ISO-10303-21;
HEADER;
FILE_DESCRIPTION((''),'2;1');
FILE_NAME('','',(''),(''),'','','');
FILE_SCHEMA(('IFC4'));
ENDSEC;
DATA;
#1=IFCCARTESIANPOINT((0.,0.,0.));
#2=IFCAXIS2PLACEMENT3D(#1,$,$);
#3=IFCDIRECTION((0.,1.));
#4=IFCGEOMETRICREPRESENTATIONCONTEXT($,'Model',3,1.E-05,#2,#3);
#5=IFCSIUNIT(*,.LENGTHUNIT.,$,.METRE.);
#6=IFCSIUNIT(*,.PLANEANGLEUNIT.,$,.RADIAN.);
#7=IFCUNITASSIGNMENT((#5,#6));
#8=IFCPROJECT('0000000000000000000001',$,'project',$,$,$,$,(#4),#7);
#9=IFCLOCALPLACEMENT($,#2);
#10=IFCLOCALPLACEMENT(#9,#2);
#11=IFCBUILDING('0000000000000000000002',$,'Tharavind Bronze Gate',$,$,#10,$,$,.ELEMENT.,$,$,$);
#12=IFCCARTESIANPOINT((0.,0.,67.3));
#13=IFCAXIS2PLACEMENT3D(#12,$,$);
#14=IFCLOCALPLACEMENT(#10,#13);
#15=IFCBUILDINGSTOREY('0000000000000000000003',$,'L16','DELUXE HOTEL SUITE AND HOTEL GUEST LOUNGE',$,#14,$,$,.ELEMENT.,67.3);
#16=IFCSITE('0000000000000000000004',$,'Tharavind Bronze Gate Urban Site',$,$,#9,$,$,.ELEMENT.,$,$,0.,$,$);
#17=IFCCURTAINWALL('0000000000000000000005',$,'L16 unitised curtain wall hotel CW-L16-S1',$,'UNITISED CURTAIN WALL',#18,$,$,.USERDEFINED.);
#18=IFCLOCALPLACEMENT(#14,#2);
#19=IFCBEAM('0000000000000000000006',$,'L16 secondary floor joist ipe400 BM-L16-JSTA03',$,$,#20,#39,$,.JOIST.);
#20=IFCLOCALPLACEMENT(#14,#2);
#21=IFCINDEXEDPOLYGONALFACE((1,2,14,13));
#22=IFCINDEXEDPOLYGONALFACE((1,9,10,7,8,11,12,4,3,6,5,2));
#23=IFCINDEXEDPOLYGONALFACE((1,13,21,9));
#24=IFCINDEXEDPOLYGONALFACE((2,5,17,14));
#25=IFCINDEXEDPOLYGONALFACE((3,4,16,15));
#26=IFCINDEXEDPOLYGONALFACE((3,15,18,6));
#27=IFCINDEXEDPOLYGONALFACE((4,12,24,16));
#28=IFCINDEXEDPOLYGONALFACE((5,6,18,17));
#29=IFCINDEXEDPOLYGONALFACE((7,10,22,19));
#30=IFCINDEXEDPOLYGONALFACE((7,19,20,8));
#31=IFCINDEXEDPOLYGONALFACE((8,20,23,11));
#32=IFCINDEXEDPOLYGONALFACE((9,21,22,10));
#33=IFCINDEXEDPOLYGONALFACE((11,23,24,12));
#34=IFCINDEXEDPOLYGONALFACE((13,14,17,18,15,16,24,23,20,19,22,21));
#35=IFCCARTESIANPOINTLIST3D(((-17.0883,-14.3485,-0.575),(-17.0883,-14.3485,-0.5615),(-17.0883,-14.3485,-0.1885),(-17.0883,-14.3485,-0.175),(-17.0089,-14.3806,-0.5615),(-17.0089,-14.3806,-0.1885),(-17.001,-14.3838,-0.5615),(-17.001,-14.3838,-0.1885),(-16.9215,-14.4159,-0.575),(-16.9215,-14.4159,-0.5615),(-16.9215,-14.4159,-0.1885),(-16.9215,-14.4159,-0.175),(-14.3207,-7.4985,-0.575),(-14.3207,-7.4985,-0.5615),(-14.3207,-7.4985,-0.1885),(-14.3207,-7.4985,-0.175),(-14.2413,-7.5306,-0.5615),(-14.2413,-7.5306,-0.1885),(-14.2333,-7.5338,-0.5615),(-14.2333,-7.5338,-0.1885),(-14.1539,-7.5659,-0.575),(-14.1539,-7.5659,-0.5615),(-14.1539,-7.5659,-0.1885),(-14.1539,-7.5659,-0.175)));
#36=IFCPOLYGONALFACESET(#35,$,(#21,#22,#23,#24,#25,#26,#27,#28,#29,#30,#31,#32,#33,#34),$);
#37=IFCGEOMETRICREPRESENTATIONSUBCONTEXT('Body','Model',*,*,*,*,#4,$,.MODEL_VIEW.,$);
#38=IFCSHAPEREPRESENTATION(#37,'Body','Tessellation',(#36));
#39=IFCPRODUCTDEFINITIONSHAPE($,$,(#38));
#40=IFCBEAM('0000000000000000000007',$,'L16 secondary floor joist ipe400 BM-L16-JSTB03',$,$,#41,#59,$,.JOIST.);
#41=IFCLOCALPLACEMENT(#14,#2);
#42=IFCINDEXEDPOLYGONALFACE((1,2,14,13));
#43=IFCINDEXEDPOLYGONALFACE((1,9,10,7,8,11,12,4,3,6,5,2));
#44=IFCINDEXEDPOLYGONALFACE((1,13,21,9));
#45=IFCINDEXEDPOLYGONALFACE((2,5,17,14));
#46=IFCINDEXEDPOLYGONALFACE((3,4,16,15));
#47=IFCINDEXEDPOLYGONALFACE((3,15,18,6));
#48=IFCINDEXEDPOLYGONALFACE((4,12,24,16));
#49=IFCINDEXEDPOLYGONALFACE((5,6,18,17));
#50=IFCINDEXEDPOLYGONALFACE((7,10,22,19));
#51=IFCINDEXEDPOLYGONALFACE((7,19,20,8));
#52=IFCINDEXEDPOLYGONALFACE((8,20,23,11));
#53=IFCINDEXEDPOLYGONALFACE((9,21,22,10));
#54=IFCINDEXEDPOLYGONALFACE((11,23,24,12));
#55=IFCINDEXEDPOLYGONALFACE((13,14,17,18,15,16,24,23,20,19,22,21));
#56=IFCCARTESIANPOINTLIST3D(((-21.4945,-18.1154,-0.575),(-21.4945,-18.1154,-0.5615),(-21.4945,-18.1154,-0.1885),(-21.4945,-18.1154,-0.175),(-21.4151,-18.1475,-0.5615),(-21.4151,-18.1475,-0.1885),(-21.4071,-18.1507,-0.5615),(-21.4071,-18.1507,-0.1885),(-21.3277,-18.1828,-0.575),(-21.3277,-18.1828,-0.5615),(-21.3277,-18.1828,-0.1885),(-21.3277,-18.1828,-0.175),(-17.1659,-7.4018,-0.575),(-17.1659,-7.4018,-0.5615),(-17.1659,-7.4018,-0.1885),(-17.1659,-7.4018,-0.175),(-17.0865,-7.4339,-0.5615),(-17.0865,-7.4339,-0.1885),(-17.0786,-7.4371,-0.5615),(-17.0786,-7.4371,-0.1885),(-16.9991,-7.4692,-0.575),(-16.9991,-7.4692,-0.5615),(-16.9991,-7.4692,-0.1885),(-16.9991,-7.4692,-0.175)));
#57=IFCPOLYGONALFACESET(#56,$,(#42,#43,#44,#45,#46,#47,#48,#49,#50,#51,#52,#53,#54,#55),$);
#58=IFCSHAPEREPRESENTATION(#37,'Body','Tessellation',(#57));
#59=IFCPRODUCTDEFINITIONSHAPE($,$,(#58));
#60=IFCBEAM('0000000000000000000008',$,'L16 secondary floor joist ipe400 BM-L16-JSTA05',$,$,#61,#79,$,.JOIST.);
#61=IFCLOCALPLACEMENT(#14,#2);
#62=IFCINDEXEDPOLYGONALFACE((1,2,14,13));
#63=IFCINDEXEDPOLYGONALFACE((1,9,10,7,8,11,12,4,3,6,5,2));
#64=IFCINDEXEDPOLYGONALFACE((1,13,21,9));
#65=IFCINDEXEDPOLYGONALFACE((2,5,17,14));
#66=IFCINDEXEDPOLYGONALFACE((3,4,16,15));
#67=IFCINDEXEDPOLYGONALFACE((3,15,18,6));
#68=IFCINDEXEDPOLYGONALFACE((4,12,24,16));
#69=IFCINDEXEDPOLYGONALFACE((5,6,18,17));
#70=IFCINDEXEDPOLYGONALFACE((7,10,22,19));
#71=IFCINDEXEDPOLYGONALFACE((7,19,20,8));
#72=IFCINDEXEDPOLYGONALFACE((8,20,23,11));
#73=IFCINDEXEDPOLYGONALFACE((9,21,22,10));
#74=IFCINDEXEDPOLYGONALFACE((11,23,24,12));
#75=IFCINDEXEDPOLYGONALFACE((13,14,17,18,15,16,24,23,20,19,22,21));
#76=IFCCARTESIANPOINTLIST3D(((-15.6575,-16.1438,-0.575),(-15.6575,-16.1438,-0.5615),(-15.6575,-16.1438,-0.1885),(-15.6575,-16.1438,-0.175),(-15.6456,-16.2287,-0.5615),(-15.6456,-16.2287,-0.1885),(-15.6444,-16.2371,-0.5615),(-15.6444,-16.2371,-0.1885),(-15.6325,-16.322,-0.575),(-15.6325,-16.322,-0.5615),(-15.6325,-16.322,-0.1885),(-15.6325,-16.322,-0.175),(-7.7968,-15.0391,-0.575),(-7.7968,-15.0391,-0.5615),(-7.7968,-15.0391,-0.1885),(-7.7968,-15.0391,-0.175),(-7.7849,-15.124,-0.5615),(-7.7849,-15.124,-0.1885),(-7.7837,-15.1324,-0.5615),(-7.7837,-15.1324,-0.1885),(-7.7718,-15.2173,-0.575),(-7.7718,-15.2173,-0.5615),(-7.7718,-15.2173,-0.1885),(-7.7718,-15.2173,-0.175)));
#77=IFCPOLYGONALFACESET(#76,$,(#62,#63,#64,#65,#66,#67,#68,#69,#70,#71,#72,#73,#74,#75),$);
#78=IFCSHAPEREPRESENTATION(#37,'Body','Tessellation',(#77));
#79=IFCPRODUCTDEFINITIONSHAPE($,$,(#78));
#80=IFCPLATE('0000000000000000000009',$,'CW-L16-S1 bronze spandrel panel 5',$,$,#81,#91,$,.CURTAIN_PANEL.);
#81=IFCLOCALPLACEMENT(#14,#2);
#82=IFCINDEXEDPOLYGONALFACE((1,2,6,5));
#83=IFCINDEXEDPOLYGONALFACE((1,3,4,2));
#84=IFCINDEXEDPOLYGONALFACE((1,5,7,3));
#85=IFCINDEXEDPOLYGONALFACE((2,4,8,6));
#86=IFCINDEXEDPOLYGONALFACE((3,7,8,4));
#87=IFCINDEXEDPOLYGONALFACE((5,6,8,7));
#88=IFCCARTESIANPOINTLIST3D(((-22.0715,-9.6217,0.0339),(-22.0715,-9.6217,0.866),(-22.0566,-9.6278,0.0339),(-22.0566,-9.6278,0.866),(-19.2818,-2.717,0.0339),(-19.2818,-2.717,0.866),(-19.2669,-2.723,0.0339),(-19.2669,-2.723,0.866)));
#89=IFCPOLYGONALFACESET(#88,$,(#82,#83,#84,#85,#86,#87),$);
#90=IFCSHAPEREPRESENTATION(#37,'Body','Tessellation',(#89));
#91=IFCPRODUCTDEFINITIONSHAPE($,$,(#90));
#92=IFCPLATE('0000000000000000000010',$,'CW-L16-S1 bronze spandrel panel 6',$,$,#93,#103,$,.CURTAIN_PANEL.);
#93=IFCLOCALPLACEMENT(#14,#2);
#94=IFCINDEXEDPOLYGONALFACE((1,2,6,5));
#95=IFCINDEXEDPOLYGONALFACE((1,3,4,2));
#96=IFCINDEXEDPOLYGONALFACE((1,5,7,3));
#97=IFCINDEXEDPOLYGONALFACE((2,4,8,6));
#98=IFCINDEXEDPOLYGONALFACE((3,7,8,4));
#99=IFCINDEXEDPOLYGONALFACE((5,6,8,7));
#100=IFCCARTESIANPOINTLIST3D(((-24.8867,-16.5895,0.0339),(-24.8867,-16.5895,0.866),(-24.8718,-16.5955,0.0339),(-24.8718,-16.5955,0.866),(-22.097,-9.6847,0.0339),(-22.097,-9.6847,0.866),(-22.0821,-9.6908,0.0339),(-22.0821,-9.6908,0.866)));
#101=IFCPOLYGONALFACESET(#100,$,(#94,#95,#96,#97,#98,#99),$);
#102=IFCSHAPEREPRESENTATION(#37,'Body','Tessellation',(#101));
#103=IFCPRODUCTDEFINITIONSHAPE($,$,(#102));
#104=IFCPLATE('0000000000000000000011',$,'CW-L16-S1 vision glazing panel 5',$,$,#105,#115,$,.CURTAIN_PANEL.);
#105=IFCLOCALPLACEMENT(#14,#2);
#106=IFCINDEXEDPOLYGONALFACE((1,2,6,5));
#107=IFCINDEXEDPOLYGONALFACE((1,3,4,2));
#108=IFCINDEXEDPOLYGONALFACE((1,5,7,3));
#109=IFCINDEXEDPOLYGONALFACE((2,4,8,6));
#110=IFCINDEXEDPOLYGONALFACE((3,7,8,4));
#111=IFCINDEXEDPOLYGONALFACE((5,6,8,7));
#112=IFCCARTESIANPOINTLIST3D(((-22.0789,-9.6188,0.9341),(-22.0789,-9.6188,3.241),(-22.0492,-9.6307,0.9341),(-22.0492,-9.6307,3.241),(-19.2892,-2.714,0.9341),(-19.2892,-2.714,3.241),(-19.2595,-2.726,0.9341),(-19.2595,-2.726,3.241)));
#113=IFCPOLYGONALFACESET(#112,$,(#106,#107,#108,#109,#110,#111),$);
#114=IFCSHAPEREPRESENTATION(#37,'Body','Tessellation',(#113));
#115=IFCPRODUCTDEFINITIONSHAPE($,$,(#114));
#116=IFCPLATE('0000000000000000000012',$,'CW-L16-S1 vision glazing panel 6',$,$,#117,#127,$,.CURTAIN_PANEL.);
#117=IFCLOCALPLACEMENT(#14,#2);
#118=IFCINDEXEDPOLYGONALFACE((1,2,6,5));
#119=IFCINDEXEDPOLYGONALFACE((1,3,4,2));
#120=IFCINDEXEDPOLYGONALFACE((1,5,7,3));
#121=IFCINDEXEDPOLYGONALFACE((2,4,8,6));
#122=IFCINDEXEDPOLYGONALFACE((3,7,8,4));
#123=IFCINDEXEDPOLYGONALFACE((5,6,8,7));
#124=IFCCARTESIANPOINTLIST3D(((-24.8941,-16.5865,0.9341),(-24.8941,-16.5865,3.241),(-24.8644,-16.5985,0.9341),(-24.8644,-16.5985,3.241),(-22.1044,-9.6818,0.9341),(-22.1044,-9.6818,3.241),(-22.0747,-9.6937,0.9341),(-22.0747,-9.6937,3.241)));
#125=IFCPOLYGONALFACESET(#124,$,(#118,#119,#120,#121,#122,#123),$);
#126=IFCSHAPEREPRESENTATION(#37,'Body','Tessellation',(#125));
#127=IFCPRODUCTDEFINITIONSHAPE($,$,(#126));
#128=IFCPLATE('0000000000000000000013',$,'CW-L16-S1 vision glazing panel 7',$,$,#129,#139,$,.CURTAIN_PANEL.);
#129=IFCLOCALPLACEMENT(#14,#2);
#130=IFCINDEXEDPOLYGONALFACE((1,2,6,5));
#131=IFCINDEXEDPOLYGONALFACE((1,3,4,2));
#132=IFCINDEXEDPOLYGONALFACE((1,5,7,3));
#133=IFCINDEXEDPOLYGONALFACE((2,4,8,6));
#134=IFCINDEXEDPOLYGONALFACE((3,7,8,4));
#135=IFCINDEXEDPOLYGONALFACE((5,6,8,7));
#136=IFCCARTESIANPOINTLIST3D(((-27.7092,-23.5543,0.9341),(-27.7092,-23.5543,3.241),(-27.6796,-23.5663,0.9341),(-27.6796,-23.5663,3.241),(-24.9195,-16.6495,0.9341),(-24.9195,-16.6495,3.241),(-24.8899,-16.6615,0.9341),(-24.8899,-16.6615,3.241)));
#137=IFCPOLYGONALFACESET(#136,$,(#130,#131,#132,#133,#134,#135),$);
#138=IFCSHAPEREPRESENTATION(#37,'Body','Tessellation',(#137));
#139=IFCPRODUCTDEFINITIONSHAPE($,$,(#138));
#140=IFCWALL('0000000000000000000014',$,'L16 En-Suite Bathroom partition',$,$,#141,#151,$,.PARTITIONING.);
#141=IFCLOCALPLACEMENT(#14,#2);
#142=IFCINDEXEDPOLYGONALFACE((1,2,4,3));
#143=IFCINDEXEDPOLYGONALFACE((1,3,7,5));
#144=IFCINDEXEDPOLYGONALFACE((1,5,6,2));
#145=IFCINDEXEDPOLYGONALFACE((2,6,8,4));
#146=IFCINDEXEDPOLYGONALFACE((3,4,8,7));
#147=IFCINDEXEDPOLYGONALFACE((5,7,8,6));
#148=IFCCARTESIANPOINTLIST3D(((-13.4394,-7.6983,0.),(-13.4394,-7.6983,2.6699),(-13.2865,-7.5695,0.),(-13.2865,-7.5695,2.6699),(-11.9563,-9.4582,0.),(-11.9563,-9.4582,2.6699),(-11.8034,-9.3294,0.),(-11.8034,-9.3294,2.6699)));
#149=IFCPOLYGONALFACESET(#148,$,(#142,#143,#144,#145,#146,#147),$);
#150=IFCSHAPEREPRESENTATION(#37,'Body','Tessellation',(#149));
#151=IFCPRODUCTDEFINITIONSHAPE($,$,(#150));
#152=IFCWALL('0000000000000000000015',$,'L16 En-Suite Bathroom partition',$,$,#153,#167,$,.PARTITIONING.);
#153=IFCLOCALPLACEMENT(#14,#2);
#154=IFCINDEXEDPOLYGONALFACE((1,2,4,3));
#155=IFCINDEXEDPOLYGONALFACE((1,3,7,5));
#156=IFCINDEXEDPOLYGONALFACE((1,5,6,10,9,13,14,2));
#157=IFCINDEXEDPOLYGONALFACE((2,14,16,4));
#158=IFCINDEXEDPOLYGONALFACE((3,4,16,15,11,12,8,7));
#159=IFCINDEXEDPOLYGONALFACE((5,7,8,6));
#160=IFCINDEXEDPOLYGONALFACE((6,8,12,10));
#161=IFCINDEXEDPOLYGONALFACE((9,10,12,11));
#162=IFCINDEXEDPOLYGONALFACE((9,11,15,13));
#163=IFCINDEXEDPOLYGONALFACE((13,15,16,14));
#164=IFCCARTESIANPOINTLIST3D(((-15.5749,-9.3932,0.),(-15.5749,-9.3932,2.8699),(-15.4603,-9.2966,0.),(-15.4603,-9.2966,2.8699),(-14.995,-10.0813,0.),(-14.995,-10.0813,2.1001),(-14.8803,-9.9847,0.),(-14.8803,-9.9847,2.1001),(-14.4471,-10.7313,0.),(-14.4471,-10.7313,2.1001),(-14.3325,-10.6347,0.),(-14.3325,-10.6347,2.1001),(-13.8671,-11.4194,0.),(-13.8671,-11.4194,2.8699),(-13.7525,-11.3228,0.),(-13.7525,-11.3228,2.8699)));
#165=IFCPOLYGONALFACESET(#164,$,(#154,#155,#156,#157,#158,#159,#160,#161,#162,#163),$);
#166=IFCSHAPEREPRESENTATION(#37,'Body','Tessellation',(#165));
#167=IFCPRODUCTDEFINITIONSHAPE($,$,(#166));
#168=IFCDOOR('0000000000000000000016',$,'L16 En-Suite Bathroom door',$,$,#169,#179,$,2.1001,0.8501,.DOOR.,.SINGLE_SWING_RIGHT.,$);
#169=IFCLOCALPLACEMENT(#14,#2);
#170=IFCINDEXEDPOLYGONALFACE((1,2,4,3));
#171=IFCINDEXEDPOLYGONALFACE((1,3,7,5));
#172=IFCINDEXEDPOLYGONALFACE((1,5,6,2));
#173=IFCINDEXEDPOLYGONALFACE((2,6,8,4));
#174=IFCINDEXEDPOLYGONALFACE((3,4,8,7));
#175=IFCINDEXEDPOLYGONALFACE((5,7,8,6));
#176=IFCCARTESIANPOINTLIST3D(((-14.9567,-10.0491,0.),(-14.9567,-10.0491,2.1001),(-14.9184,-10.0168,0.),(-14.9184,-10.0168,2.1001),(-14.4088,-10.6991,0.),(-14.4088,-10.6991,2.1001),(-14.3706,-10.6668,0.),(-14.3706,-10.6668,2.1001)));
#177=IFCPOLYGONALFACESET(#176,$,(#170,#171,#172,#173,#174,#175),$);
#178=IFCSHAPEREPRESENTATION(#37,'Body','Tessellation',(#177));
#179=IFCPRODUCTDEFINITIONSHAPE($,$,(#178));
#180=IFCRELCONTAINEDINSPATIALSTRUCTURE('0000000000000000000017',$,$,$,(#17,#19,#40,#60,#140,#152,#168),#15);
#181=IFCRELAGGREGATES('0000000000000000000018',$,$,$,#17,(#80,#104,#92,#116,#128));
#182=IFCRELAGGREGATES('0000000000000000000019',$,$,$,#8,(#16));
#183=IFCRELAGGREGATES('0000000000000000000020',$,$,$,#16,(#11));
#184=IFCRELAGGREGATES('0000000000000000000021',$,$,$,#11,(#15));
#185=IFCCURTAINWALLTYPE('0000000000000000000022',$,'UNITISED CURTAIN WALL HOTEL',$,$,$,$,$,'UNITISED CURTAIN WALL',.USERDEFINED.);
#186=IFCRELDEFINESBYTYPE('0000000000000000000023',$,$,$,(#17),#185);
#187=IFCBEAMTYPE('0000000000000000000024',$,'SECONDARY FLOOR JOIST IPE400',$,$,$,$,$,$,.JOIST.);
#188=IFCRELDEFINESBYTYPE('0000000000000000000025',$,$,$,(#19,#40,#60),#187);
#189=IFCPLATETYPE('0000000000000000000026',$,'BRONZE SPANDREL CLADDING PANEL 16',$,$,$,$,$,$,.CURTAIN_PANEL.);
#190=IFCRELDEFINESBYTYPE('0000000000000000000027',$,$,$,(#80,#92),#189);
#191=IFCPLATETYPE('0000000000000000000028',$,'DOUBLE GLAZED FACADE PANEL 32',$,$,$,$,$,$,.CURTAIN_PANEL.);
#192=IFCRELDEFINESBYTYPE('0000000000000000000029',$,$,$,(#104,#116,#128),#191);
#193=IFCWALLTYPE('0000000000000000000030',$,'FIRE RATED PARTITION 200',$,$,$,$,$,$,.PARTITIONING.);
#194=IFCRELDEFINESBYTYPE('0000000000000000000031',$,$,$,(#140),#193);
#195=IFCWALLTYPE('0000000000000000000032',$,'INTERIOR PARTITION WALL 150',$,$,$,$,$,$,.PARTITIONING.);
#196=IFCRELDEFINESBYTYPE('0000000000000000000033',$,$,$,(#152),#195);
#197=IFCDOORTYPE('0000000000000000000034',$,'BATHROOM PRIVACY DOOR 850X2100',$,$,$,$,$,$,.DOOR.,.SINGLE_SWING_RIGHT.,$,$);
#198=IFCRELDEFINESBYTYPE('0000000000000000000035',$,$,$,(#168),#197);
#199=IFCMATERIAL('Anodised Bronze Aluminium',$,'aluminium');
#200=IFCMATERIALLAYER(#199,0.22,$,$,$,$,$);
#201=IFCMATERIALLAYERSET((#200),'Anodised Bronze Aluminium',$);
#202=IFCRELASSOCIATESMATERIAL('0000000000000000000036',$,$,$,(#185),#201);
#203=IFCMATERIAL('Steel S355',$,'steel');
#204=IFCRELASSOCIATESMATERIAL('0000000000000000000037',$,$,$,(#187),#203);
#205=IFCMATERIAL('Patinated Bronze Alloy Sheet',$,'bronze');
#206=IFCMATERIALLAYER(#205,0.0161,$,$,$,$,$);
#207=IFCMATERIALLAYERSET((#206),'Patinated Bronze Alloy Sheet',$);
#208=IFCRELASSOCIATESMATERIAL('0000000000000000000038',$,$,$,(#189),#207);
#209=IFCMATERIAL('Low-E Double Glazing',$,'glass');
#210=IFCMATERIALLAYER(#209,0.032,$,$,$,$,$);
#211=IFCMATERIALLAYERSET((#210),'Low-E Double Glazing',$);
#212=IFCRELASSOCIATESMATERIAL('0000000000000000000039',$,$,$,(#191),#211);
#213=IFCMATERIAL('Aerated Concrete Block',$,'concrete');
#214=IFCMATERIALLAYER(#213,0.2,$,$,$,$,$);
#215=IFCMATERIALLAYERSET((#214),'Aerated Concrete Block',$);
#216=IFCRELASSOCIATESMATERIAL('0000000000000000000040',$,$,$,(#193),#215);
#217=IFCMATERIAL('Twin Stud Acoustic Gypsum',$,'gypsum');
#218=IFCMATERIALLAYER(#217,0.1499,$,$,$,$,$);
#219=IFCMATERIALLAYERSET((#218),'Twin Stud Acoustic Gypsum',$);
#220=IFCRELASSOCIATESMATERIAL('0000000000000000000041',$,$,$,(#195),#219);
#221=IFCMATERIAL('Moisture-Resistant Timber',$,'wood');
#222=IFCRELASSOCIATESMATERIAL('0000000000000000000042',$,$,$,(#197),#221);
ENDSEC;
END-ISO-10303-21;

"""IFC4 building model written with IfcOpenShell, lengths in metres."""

from ifc_helpers import new_model, si_unit, direction, frame, frame_2d, origin, origin_2d, place, context, subcontext, project, spatial, rectangle, i_section, extrude, material, layer, layer_set, material_profile, profile_set, type_object, element, fill, aggregate, save


model = new_model("IFC4")

# Units and contexts
model_context = context("Model", 3, precision=1e-05, world=origin(), true_north=direction((0.0, 1.0)))
body_context = subcontext(model_context, "Body", "Model", "MODEL_VIEW")
ifc_project = project(units=[si_unit("LENGTHUNIT", "METRE"), si_unit("PLANEANGLEUNIT", "RADIAN")], contexts=[model_context])

# Site, building, storey
site_placement = place(None, origin())
site = spatial("IfcSite", under=ifc_project, at=site_placement, Name="Tharavind Bronze Gate Urban Site", CompositionType="ELEMENT", RefElevation=0.0)
building_placement = place(site_placement, origin())
building = spatial("IfcBuilding", under=site, at=building_placement, Name="Tharavind Bronze Gate", CompositionType="ELEMENT")
storey_placement = place(building_placement, frame((0.0, 0.0, 67.3)))
storey = spatial("IfcBuildingStorey", under=building, at=storey_placement, Name="L16", Description="DELUXE HOTEL SUITE AND HOTEL GUEST LOUNGE", CompositionType="ELEMENT", Elevation=67.3)

# Curtain wall
ifc_material_1 = material(Name="Anodised Bronze Aluminium", Category="aluminium")
ifc_layer_1 = layer(ifc_material_1, 0.22)
ifc_layer_set_1 = layer_set([ifc_layer_1], Name="Anodised Bronze Aluminium")
curtain_wall_type = type_object("IfcCurtainWallType", Name="UNITISED CURTAIN WALL HOTEL", ElementType="UNITISED CURTAIN WALL", PredefinedType="USERDEFINED", material=ifc_layer_set_1)
curtain_wall_placement = place(storey_placement, origin())
curtain_wall = element("IfcCurtainWall", 1, at=curtain_wall_placement, inside=storey, type_object=curtain_wall_type, Name="L16 unitised curtain wall hotel CW-L16-S1", ObjectType="UNITISED CURTAIN WALL", PredefinedType="USERDEFINED")

# Beams
ifc_material_2 = material(Name="Steel S355", Category="steel")
ifc_material_profile_1 = material_profile(ifc_material_2, i_section(OverallWidth=0.1799, OverallDepth=0.3999, WebThickness=0.0085, FlangeThickness=0.0134, at=origin_2d()), Name="IPE400")
ifc_profile_set_1 = profile_set([ifc_material_profile_1], Name="Steel S355")
beam_type_1 = type_object("IfcBeamType", Name="SECONDARY FLOOR JOIST IPE400", PredefinedType="JOIST", material=ifc_profile_set_1)
beam_1_placement = place(storey_placement, frame((-14.2373, -7.5322, -0.375), z_axis=(-0.374613, -0.927181, 0.0), x_axis=(0.927181, -0.374613, 0.0)))
element("IfcBeam", 2, at=beam_1_placement, inside=storey, type_object=beam_type_1, Name="L16 secondary floor joist ipe400 BM-L16-JSTA03", PredefinedType="JOIST", context=body_context, shape_type="SweptSolid", body=[
    extrude(i_section(OverallWidth=0.1799, OverallDepth=0.3999, WebThickness=0.0085, FlangeThickness=0.0134, at=origin_2d()), origin(), (0.0, 0.0, 1.0), 7.3879),
])
beam_2_placement = place(storey_placement, frame((-17.0825, -7.4355, -0.375), z_axis=(-0.374609, -0.927183, 0.0), x_axis=(0.927183, -0.374609, 0.0)))
element("IfcBeam", 3, at=beam_2_placement, inside=storey, type_object=beam_type_1, Name="L16 secondary floor joist ipe400 BM-L16-JSTB03", PredefinedType="JOIST", context=body_context, shape_type="SweptSolid", body=[
    extrude(i_section(OverallWidth=0.1799, OverallDepth=0.3999, WebThickness=0.0085, FlangeThickness=0.0134, at=origin_2d()), origin(), (0.0, 0.0, 1.0), 11.5549),
])
beam_3_placement = place(storey_placement, frame((-15.645, -16.2329, -0.375), z_axis=(0.990269, 0.139169, 0.0), x_axis=(-0.139169, 0.990269, 0.0)))
element("IfcBeam", 4, at=beam_3_placement, inside=storey, type_object=beam_type_1, Name="L16 secondary floor joist ipe400 BM-L16-JSTA05", PredefinedType="JOIST", context=body_context, shape_type="SweptSolid", body=[
    extrude(i_section(OverallWidth=0.1799, OverallDepth=0.3999, WebThickness=0.0085, FlangeThickness=0.0134, at=origin_2d()), origin(), (0.0, 0.0, 1.0), 7.938),
])

# Plates
ifc_material_3 = material(Name="Patinated Bronze Alloy Sheet", Category="bronze")
ifc_layer_2 = layer(ifc_material_3, 0.0161)
ifc_layer_set_2 = layer_set([ifc_layer_2], Name="Patinated Bronze Alloy Sheet")
plate_type_1 = type_object("IfcPlateType", Name="BRONZE SPANDREL CLADDING PANEL 16", PredefinedType="CURTAIN_PANEL", material=ifc_layer_set_2)
plate_1_placement = place(storey_placement, frame((-20.6692, -6.1724, 0.0339), z_axis=(0.0, 0.0, 1.0), x_axis=(-0.374607, -0.927184, 0.0)))
plate_1 = element("IfcPlate", 5, at=plate_1_placement, type_object=plate_type_1, Name="CW-L16-S1 bronze spandrel panel 5", PredefinedType="CURTAIN_PANEL", context=body_context, shape_type="SweptSolid", body=[
    extrude(rectangle(XDim=7.447, YDim=0.0161, at=origin_2d()), origin(), (0.0, 0.0, 1.0), 0.832),
])
plate_2_placement = place(storey_placement, frame((-23.4844, -13.1401, 0.0339), z_axis=(0.0, 0.0, 1.0), x_axis=(-0.374607, -0.927184, 0.0)))
plate_2 = element("IfcPlate", 6, at=plate_2_placement, type_object=plate_type_1, Name="CW-L16-S1 bronze spandrel panel 6", PredefinedType="CURTAIN_PANEL", context=body_context, shape_type="SweptSolid", body=[
    extrude(rectangle(XDim=7.447, YDim=0.0161, at=origin_2d()), origin(), (0.0, 0.0, 1.0), 0.832),
])
ifc_material_4 = material(Name="Low-E Double Glazing", Category="glass")
ifc_layer_3 = layer(ifc_material_4, 0.032)
ifc_layer_set_3 = layer_set([ifc_layer_3], Name="Low-E Double Glazing")
plate_type_2 = type_object("IfcPlateType", Name="DOUBLE GLAZED FACADE PANEL 32", PredefinedType="CURTAIN_PANEL", material=ifc_layer_set_3)
plate_3_placement = place(storey_placement, frame((-20.6692, -6.1724, 0.9341), z_axis=(0.0, 0.0, 1.0), x_axis=(-0.374607, -0.927184, 0.0)))
plate_3 = element("IfcPlate", 7, at=plate_3_placement, type_object=plate_type_2, Name="CW-L16-S1 vision glazing panel 5", PredefinedType="CURTAIN_PANEL", context=body_context, shape_type="SweptSolid", body=[
    extrude(rectangle(XDim=7.447, YDim=0.032, at=origin_2d()), origin(), (0.0, 0.0, 1.0), 2.3069),
])
plate_4_placement = place(storey_placement, frame((-23.4844, -13.1401, 0.9341), z_axis=(0.0, 0.0, 1.0), x_axis=(-0.374607, -0.927184, 0.0)))
plate_4 = element("IfcPlate", 8, at=plate_4_placement, type_object=plate_type_2, Name="CW-L16-S1 vision glazing panel 6", PredefinedType="CURTAIN_PANEL", context=body_context, shape_type="SweptSolid", body=[
    extrude(rectangle(XDim=7.447, YDim=0.032, at=origin_2d()), origin(), (0.0, 0.0, 1.0), 2.3069),
])
plate_5_placement = place(storey_placement, frame((-26.2996, -20.1079, 0.9341), z_axis=(0.0, 0.0, 1.0), x_axis=(-0.374607, -0.927184, 0.0)))
plate_5 = element("IfcPlate", 9, at=plate_5_placement, type_object=plate_type_2, Name="CW-L16-S1 vision glazing panel 7", PredefinedType="CURTAIN_PANEL", context=body_context, shape_type="SweptSolid", body=[
    extrude(rectangle(XDim=7.447, YDim=0.032, at=origin_2d()), origin(), (0.0, 0.0, 1.0), 2.3069),
])
aggregate(curtain_wall, [plate_1, plate_3, plate_2, plate_4, plate_5])

# Wall
ifc_material_5 = material(Name="Aerated Concrete Block", Category="concrete")
ifc_layer_4 = layer(ifc_material_5, 0.2)
ifc_layer_set_4 = layer_set([ifc_layer_4], Name="Aerated Concrete Block")
wall_type_1 = type_object("IfcWallType", Name="FIRE RATED PARTITION 200", PredefinedType="PARTITIONING", material=ifc_layer_set_4)
wall_1_placement = place(storey_placement, frame((-13.363, -7.6338, 0.0), z_axis=(0.0, 0.0, 1.0), x_axis=(0.6444, -0.764688, 0.0)))
element("IfcWall", 10, at=wall_1_placement, inside=storey, type_object=wall_type_1, Name="L16 En-Suite Bathroom partition", PredefinedType="PARTITIONING", context=body_context, shape_type="SweptSolid", body=[
    extrude(rectangle(XDim=2.3015, YDim=0.2, at=frame_2d((1.1509, 0.0))), origin(), (0.0, 0.0, 1.0), 2.6699),
])

# Wall, opening, door
ifc_material_6 = material(Name="Twin Stud Acoustic Gypsum", Category="gypsum")
ifc_layer_5 = layer(ifc_material_6, 0.1499)
ifc_layer_set_5 = layer_set([ifc_layer_5], Name="Twin Stud Acoustic Gypsum")
wall_type_2 = type_object("IfcWallType", Name="INTERIOR PARTITION WALL 150", PredefinedType="PARTITIONING", material=ifc_layer_set_5)
wall_2_placement = place(storey_placement, frame((-13.8098, -11.3711, 0.0), z_axis=(0.0, 0.0, 1.0), x_axis=(-0.644479, 0.764622, 0.0)))
wall_2 = element("IfcWall", 11, at=wall_2_placement, inside=storey, type_object=wall_type_2, Name="L16 En-Suite Bathroom partition", PredefinedType="PARTITIONING", context=body_context, shape_type="SweptSolid", body=[
    extrude(rectangle(XDim=2.6499, YDim=0.1499, at=frame_2d((1.325, 0.0))), origin(), (0.0, 0.0, 1.0), 2.8699),
])
opening_placement = place(wall_2_placement, frame((0.8999, 0.0, 0.0)))
opening = element("IfcOpeningElement", 12, at=opening_placement, cuts=wall_2, PredefinedType="OPENING", context=body_context, shape_type="SweptSolid", body=[
    extrude(rectangle(XDim=0.8501, YDim=2.1001, at=frame_2d((0.425, 1.05))), frame((0.0, 0.085, 0.0), z_axis=(0.0, -1.0, 0.0), x_axis=(1.0, 0.0, 0.0)), (0.0, 0.0, 1.0), 0.1699),
])
ifc_material_7 = material(Name="Moisture-Resistant Timber", Category="wood")
door_type = type_object("IfcDoorType", Name="BATHROOM PRIVACY DOOR 850X2100", OperationType="SINGLE_SWING_RIGHT", PredefinedType="DOOR", material=ifc_material_7)
door_placement = place(opening_placement, origin())
door = element("IfcDoor", 13, at=door_placement, inside=storey, type_object=door_type, Name="L16 En-Suite Bathroom door", OperationType="SINGLE_SWING_RIGHT", OverallHeight=2.1001, OverallWidth=0.8501, PredefinedType="DOOR", context=body_context, shape_type="SweptSolid", body=[
    extrude(rectangle(XDim=0.8501, YDim=2.1001, at=frame_2d((0.425, 1.05))), frame((0.0, 0.0249, 0.0), z_axis=(0.0, -1.0, 0.0), x_axis=(1.0, 0.0, 0.0)), (0.0, 0.0, 1.0), 0.05),
])
fill(opening, door)

save(model, "model.ifc")
